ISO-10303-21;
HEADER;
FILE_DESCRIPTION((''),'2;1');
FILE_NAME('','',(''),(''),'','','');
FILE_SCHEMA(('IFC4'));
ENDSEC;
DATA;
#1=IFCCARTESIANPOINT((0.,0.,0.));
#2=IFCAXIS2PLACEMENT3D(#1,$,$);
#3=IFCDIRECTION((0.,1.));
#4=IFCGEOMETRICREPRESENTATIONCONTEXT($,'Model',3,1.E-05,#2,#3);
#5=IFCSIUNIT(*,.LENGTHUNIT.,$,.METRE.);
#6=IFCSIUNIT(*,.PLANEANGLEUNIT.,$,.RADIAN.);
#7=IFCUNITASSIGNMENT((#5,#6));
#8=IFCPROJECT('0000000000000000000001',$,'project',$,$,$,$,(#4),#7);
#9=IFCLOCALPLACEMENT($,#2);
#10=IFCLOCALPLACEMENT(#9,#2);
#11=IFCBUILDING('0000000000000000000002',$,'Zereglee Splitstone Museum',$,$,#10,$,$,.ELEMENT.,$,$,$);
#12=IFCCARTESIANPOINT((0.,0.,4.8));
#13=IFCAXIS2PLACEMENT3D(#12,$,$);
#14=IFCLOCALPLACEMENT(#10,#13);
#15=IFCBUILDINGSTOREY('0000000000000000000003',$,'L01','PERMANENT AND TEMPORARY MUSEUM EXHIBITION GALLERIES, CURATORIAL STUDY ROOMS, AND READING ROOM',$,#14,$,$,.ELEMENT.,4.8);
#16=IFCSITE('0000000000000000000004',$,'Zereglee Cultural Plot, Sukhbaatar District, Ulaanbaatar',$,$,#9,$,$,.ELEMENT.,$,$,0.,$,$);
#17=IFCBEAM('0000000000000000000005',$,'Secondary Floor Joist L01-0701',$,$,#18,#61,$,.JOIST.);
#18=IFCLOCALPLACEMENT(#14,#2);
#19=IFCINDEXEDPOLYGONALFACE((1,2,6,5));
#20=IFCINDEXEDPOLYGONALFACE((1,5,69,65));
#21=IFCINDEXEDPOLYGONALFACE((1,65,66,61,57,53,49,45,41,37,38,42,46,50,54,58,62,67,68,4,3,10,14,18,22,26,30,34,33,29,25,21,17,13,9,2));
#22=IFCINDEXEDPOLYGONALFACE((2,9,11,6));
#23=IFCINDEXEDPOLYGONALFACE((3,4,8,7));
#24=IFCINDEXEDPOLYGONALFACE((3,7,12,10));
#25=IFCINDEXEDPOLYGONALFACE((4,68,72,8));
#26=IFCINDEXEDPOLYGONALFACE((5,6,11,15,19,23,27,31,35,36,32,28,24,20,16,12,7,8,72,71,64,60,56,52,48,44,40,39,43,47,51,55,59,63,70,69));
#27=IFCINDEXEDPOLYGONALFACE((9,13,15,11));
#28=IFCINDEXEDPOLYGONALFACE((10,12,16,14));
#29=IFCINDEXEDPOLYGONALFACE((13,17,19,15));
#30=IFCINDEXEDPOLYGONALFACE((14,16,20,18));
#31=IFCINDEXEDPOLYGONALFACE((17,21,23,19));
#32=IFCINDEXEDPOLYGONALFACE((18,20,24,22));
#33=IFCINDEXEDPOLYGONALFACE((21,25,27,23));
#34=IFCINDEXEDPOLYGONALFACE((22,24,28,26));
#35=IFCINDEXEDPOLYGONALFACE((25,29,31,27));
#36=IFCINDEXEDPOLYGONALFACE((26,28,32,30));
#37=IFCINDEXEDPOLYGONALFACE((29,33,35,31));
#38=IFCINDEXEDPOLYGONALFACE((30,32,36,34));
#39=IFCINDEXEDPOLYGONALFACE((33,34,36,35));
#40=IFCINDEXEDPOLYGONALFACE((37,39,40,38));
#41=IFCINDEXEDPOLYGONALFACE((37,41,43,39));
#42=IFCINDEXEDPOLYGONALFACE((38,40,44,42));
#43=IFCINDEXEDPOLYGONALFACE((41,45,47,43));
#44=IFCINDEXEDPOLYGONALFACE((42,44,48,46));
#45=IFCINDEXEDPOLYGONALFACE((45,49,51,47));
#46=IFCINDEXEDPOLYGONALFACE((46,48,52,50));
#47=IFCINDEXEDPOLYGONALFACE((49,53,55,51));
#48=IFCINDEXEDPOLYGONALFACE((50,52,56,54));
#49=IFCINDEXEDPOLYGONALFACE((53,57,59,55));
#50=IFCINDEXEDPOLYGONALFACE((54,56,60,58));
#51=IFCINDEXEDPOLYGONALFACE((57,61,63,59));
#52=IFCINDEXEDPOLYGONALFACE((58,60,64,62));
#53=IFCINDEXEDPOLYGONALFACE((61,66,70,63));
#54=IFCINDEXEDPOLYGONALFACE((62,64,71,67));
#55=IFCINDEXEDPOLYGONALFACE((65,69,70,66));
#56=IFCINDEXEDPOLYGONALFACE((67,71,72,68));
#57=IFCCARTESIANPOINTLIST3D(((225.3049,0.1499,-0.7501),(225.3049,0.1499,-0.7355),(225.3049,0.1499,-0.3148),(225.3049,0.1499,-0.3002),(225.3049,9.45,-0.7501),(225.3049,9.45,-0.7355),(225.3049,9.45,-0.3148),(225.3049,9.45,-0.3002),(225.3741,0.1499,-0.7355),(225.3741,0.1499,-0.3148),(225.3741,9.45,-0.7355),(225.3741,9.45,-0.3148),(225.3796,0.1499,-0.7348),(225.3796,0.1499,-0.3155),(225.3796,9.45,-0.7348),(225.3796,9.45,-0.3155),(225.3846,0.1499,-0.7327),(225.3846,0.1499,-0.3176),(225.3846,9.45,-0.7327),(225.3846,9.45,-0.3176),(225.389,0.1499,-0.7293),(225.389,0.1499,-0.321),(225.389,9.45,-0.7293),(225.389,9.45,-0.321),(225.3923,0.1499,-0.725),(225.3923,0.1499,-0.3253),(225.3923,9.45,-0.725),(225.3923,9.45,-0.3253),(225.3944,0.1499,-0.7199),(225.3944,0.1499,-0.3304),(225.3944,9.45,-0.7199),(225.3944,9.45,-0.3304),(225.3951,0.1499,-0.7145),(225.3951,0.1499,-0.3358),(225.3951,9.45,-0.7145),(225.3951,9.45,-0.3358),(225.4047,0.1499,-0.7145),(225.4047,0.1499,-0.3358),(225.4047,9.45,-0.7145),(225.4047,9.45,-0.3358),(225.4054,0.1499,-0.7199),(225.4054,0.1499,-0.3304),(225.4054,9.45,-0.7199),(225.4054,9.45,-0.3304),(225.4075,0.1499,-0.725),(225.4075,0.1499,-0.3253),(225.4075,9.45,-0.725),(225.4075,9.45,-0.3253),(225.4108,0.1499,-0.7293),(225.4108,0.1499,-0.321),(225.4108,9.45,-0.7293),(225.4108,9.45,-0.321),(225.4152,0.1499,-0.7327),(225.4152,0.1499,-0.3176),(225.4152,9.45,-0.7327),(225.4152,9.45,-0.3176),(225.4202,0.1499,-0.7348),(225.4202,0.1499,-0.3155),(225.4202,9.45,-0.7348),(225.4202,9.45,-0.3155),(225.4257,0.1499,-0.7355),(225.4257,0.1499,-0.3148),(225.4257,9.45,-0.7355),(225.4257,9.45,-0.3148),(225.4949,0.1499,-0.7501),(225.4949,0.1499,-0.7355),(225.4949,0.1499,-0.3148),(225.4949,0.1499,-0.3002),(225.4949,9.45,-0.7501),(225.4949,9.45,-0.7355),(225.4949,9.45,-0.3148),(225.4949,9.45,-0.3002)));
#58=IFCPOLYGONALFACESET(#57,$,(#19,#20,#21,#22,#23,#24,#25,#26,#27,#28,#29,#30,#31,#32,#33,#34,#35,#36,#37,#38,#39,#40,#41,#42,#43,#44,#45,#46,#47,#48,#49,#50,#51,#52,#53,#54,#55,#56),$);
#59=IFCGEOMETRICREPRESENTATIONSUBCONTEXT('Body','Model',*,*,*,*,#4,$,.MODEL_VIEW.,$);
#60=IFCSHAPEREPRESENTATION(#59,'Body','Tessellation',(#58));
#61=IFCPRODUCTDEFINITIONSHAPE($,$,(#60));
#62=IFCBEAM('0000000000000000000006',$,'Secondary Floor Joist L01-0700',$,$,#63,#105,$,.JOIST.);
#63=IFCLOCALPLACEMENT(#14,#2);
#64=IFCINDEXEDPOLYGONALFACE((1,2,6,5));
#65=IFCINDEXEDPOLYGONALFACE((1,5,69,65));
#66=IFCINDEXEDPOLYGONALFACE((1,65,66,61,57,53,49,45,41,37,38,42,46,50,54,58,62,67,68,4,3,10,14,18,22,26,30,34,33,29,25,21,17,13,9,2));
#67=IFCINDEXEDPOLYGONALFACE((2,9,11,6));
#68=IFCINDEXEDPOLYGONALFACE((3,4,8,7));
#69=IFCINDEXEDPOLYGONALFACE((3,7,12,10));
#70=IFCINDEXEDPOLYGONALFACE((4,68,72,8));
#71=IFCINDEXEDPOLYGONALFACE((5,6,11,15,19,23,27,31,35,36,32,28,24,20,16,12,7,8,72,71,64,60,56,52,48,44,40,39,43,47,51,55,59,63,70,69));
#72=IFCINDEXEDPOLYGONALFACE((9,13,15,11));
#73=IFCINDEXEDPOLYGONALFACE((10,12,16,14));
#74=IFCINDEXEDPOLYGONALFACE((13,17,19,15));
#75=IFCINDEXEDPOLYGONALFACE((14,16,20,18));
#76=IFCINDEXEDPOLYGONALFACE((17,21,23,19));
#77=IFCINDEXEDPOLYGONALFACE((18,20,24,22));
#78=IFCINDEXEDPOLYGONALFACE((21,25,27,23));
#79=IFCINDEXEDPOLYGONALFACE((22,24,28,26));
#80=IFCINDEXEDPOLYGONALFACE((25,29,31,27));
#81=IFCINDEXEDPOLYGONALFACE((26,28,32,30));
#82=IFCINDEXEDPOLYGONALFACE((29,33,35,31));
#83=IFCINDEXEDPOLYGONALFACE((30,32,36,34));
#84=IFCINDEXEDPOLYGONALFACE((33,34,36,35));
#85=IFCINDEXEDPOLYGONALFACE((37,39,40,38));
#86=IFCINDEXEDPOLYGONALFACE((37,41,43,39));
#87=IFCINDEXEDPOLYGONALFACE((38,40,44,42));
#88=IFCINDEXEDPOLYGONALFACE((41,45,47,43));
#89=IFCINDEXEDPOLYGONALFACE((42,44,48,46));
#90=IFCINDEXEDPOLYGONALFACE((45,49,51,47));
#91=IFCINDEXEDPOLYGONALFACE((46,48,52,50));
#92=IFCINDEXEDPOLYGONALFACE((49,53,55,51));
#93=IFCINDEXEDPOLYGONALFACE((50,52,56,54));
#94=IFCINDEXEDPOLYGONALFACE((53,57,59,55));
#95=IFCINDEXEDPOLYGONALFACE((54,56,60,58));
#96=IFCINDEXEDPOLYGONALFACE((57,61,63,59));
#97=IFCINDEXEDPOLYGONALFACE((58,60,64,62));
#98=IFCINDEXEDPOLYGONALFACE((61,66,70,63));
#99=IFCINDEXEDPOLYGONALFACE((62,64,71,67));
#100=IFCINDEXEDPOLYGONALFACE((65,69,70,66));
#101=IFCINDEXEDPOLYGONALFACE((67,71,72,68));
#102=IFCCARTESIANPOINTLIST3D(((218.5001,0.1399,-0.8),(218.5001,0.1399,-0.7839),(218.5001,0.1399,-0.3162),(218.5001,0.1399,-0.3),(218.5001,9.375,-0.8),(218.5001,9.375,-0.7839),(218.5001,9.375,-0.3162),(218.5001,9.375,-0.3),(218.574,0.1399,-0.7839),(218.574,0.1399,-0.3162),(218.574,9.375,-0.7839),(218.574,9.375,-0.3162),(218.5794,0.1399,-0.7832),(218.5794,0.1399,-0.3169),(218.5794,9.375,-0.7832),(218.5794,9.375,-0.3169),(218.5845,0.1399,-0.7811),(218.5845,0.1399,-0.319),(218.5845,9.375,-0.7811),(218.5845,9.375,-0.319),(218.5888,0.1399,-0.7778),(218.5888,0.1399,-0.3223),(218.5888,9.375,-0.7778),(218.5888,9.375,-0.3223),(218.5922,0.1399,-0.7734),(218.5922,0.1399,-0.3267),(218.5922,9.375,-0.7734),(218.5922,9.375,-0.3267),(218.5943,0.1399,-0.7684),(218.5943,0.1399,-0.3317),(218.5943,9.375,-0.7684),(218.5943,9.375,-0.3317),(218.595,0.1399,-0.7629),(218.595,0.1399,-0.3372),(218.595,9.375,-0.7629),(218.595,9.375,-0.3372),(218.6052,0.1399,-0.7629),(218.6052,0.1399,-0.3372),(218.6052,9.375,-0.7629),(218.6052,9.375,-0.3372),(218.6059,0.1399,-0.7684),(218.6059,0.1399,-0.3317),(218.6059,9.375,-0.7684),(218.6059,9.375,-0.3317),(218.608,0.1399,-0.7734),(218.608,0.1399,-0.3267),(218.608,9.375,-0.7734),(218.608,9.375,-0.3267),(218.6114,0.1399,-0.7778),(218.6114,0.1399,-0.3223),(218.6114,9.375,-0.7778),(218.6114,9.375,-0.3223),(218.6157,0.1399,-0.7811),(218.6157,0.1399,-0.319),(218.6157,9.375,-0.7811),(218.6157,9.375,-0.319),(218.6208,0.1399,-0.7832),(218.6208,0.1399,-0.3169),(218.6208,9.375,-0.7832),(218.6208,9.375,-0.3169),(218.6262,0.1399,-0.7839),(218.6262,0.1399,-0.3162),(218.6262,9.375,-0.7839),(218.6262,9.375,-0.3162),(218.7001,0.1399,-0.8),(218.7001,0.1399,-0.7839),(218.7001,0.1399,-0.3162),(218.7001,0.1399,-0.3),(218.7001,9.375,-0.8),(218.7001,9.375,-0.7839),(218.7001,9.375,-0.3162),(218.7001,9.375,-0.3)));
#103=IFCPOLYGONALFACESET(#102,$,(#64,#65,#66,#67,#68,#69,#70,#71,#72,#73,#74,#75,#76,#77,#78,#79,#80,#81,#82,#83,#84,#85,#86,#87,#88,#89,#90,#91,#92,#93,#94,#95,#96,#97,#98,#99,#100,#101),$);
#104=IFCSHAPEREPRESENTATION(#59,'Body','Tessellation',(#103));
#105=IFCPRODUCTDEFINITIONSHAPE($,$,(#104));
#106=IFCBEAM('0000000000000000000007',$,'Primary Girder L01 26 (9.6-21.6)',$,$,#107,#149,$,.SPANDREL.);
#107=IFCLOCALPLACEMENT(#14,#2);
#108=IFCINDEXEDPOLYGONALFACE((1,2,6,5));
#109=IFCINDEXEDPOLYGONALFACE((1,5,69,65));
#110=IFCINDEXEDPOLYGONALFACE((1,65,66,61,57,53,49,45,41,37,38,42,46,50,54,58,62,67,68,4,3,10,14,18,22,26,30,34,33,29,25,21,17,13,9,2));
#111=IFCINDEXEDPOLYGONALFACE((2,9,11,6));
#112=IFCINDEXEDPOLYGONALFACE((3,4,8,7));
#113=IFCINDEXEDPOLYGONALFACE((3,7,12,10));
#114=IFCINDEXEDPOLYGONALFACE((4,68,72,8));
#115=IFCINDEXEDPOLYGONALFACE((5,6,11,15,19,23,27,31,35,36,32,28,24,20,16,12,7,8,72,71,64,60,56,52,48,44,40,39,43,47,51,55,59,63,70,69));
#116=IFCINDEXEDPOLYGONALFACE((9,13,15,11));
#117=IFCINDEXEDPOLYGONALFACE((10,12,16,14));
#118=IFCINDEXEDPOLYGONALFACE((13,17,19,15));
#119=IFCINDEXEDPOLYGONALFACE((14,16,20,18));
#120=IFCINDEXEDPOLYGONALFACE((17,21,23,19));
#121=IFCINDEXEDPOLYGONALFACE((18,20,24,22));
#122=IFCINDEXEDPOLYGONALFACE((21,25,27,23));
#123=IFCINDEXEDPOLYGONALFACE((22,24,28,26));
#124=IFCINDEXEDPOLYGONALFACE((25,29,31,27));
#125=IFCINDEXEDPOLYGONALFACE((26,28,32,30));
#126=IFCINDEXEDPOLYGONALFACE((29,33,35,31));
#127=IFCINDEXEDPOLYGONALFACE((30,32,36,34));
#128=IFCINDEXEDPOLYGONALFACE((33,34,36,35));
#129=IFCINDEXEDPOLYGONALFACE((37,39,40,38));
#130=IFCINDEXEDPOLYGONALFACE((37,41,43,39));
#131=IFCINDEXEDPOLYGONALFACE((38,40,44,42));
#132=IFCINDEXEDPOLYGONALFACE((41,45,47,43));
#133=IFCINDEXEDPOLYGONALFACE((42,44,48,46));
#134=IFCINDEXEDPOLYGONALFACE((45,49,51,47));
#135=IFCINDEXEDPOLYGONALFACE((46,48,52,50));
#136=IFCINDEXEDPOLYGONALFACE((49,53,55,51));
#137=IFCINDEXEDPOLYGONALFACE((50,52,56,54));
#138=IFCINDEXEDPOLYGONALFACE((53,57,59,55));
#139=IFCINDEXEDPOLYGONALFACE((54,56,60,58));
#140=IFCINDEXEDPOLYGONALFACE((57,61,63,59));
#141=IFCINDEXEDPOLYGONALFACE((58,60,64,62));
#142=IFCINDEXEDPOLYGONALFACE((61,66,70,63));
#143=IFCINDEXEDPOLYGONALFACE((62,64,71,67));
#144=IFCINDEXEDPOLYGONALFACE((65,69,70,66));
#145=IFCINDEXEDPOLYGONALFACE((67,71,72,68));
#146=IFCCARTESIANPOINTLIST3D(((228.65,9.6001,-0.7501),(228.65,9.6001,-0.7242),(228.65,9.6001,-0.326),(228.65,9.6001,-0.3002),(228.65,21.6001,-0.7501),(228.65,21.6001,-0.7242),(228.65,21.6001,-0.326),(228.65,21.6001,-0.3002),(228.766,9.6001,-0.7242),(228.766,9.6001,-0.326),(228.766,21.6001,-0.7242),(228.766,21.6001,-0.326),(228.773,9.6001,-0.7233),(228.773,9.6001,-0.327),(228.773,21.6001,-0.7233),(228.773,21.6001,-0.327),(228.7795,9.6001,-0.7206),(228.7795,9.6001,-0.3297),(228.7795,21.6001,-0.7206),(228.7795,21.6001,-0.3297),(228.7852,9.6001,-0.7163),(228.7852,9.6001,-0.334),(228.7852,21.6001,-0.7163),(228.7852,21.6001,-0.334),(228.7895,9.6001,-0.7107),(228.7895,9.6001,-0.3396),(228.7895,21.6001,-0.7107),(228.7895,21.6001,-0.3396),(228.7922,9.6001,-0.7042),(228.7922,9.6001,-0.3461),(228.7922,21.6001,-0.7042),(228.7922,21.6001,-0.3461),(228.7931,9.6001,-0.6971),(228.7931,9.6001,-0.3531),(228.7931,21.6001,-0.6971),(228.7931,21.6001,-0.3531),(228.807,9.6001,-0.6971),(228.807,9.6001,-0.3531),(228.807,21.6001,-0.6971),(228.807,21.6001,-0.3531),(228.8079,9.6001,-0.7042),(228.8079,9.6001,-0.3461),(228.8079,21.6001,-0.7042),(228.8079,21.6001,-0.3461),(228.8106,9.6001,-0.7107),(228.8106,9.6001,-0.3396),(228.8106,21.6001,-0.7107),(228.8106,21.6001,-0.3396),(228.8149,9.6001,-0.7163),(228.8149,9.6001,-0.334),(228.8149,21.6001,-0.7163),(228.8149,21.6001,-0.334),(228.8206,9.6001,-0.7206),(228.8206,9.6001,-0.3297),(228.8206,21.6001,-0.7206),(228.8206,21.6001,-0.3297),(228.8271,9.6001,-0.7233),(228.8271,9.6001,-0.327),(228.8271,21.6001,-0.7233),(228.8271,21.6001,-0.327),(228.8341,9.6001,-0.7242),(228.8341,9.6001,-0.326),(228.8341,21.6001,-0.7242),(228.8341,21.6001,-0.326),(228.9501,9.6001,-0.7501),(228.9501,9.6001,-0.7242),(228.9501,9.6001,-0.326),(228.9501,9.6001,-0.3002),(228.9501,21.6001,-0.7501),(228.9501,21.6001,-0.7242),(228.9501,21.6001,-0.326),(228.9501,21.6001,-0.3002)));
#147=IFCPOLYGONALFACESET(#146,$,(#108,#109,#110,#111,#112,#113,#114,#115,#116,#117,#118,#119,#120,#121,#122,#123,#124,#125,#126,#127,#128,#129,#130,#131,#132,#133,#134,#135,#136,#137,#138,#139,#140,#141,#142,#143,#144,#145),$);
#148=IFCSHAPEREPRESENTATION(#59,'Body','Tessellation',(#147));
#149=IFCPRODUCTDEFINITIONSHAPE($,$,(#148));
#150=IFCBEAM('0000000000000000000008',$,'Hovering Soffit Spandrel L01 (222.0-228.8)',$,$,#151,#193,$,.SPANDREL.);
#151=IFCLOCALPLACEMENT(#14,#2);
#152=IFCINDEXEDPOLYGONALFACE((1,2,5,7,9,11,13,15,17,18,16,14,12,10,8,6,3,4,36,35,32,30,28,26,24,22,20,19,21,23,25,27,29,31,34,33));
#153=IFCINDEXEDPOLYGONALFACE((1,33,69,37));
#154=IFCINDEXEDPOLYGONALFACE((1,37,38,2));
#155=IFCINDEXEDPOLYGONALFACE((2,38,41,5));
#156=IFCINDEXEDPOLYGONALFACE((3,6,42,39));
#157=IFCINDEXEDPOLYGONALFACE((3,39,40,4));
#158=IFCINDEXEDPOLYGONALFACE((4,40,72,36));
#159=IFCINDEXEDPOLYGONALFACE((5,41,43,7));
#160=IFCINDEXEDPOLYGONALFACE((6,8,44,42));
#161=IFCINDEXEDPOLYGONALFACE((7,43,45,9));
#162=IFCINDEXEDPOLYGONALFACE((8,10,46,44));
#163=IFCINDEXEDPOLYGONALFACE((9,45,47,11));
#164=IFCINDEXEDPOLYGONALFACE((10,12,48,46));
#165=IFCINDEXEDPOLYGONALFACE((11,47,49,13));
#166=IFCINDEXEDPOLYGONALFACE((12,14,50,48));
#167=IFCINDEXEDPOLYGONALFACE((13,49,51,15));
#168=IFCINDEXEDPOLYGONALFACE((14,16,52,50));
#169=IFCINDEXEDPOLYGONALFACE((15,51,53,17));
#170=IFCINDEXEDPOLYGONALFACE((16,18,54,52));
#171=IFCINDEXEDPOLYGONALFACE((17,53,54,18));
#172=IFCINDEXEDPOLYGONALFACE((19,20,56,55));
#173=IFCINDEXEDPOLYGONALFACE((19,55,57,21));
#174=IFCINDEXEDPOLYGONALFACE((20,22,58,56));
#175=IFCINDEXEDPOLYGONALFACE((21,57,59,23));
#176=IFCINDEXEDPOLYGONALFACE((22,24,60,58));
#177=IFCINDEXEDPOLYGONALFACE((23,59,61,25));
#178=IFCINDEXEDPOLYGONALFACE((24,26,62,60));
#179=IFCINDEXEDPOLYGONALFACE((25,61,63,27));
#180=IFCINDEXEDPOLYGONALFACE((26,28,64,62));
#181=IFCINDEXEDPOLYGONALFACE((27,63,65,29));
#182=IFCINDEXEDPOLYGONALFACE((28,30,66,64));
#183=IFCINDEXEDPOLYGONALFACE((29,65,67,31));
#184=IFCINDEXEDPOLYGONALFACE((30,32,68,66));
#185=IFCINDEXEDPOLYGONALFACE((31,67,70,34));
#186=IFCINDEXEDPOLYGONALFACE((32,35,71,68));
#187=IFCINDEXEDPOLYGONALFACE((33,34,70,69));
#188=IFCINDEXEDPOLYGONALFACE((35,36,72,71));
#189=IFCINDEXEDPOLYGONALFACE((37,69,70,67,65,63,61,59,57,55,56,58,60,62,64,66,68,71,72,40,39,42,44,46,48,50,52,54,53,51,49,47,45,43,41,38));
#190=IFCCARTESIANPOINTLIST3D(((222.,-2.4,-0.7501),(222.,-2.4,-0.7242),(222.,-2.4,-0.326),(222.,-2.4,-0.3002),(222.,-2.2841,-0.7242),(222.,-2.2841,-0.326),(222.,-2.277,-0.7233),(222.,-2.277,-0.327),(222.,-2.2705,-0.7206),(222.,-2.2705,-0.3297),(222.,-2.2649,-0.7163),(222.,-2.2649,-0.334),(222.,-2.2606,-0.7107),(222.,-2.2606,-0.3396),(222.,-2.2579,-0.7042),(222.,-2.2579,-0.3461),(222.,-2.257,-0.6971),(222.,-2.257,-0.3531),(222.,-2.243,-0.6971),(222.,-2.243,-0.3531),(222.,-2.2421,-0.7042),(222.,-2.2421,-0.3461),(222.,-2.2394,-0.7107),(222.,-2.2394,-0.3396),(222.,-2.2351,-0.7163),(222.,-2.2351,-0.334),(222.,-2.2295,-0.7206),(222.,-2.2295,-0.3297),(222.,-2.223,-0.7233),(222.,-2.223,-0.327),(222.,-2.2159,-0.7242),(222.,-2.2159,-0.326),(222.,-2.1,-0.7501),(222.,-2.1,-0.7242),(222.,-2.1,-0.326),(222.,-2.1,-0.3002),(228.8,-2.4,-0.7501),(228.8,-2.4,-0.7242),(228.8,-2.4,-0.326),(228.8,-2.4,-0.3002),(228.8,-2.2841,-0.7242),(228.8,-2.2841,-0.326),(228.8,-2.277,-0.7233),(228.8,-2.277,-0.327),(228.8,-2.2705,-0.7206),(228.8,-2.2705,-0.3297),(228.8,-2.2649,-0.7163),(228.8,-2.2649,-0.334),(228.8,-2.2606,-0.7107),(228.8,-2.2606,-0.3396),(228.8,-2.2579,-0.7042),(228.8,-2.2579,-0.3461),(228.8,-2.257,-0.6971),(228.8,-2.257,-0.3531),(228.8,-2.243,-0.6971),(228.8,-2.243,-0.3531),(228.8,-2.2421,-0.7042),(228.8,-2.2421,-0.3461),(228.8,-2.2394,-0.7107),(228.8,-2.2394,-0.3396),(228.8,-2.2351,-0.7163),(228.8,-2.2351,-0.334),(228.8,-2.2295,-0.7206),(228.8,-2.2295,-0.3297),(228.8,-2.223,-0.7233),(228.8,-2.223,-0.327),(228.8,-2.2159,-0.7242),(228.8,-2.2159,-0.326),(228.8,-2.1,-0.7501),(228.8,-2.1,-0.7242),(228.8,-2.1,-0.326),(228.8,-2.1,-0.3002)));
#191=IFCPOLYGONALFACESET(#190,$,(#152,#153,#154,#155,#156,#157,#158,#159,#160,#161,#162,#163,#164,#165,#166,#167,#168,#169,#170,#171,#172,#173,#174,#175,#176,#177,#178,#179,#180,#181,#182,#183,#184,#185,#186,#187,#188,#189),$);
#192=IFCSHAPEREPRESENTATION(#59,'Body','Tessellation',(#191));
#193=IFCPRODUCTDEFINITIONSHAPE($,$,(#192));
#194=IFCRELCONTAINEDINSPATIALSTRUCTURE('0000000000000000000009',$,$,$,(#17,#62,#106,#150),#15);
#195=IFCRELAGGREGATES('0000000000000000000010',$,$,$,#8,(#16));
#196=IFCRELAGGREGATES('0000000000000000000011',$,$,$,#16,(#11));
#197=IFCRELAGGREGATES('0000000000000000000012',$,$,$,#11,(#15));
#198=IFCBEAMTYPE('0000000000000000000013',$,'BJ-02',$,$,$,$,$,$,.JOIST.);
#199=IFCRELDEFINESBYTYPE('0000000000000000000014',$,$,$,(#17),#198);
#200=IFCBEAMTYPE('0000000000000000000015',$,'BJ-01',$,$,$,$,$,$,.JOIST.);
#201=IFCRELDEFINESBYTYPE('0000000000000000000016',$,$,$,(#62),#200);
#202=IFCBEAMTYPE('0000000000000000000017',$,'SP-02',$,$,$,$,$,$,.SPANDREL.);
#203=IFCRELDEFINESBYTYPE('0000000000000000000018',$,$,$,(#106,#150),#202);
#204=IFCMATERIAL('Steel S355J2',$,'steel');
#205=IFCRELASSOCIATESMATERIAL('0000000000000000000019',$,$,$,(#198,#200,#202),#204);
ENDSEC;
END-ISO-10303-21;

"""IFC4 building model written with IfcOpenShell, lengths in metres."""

from ifc_helpers import new_model, si_unit, direction, frame, origin, origin_2d, place, context, subcontext, project, spatial, i_section, extrude, material, material_profile, profile_set, type_object, element, save


model = new_model("IFC4")

# Units and contexts
model_context = context("Model", 3, precision=1e-05, world=origin(), true_north=direction((0.0, 1.0)))
body_context = subcontext(model_context, "Body", "Model", "MODEL_VIEW")
ifc_project = project(units=[si_unit("LENGTHUNIT", "METRE"), si_unit("PLANEANGLEUNIT", "RADIAN")], contexts=[model_context])

# Site, building, storey
site_placement = place(None, origin())
site = spatial("IfcSite", under=ifc_project, at=site_placement, Name="Zereglee Cultural Plot, Sukhbaatar District, Ulaanbaatar", CompositionType="ELEMENT", RefElevation=0.0)
building_placement = place(site_placement, origin())
building = spatial("IfcBuilding", under=site, at=building_placement, Name="Zereglee Splitstone Museum", CompositionType="ELEMENT")
storey_placement = place(building_placement, frame((0.0, 0.0, 4.8)))
storey = spatial("IfcBuildingStorey", under=building, at=storey_placement, Name="L01", Description="PERMANENT AND TEMPORARY MUSEUM EXHIBITION GALLERIES, CURATORIAL STUDY ROOMS, AND READING ROOM", CompositionType="ELEMENT", Elevation=4.8)

# Shared definitions
ifc_material_1 = material(Name="Steel S355J2", Category="steel")

# Beams
ifc_material_profile_1 = material_profile(ifc_material_1, i_section(OverallWidth=0.1899, OverallDepth=0.45, WebThickness=0.0095, FlangeThickness=0.0146, FilletRadius=0.021, at=origin_2d()), Name="IPE 450")
ifc_profile_set_1 = profile_set([ifc_material_profile_1], Name="Steel S355J2")
beam_type_1 = type_object("IfcBeamType", Name="BJ-02", PredefinedType="JOIST", material=ifc_profile_set_1)
beam_1_placement = place(storey_placement, frame((225.3999, 0.1499, -0.5251), z_axis=(0.0, 1.0, 0.0), x_axis=(-1.0, 0.0, 0.0)))
element("IfcBeam", 1, at=beam_1_placement, inside=storey, type_object=beam_type_1, Name="Secondary Floor Joist L01-0701", PredefinedType="JOIST", context=body_context, shape_type="SweptSolid", body=[
    extrude(i_section(OverallWidth=0.1899, OverallDepth=0.45, WebThickness=0.0095, FlangeThickness=0.0146, FilletRadius=0.021, at=origin_2d()), origin(), (0.0, 0.0, 1.0), 9.3),
])
ifc_material_profile_2 = material_profile(ifc_material_1, i_section(OverallWidth=0.2, OverallDepth=0.5, WebThickness=0.0103, FlangeThickness=0.0161, FilletRadius=0.021, at=origin_2d()), Name="IPE 500")
ifc_profile_set_2 = profile_set([ifc_material_profile_2], Name="Steel S355J2")
beam_type_2 = type_object("IfcBeamType", Name="BJ-01", PredefinedType="JOIST", material=ifc_profile_set_2)
beam_2_placement = place(storey_placement, frame((218.6001, 0.1399, -0.55), z_axis=(0.0, 1.0, 0.0), x_axis=(-1.0, 0.0, 0.0)))
element("IfcBeam", 2, at=beam_2_placement, inside=storey, type_object=beam_type_2, Name="Secondary Floor Joist L01-0700", PredefinedType="JOIST", context=body_context, shape_type="SweptSolid", body=[
    extrude(i_section(OverallWidth=0.2, OverallDepth=0.5, WebThickness=0.0103, FlangeThickness=0.0161, FilletRadius=0.021, at=origin_2d()), origin(), (0.0, 0.0, 1.0), 9.2351),
])
ifc_material_profile_3 = material_profile(ifc_material_1, i_section(OverallWidth=0.3, OverallDepth=0.45, WebThickness=0.0139, FlangeThickness=0.0259, FilletRadius=0.0271, at=origin_2d()), Name="HE 450 B")
ifc_profile_set_3 = profile_set([ifc_material_profile_3], Name="Steel S355J2")
beam_type_3 = type_object("IfcBeamType", Name="SP-02", PredefinedType="SPANDREL", material=ifc_profile_set_3)
beam_3_placement = place(storey_placement, frame((228.8, 9.6001, -0.5251), z_axis=(0.0, 1.0, 0.0), x_axis=(-1.0, 0.0, 0.0)))
element("IfcBeam", 3, at=beam_3_placement, inside=storey, type_object=beam_type_3, Name="Primary Girder L01 26 (9.6-21.6)", PredefinedType="SPANDREL", context=body_context, shape_type="SweptSolid", body=[
    extrude(i_section(OverallWidth=0.3, OverallDepth=0.45, WebThickness=0.0139, FlangeThickness=0.0259, FilletRadius=0.0271, at=origin_2d()), origin(), (0.0, 0.0, 1.0), 12.0),
])
beam_4_placement = place(storey_placement, frame((222.0, -2.25, -0.5251), z_axis=(1.0, 0.0, 0.0), x_axis=(0.0, 1.0, 0.0)))
element("IfcBeam", 4, at=beam_4_placement, inside=storey, type_object=beam_type_3, Name="Hovering Soffit Spandrel L01 (222.0-228.8)", PredefinedType="SPANDREL", context=body_context, shape_type="SweptSolid", body=[
    extrude(i_section(OverallWidth=0.3, OverallDepth=0.45, WebThickness=0.0139, FlangeThickness=0.0259, FilletRadius=0.0271, at=origin_2d()), origin(), (0.0, 0.0, 1.0), 6.8),
])

save(model, "model.ifc")
